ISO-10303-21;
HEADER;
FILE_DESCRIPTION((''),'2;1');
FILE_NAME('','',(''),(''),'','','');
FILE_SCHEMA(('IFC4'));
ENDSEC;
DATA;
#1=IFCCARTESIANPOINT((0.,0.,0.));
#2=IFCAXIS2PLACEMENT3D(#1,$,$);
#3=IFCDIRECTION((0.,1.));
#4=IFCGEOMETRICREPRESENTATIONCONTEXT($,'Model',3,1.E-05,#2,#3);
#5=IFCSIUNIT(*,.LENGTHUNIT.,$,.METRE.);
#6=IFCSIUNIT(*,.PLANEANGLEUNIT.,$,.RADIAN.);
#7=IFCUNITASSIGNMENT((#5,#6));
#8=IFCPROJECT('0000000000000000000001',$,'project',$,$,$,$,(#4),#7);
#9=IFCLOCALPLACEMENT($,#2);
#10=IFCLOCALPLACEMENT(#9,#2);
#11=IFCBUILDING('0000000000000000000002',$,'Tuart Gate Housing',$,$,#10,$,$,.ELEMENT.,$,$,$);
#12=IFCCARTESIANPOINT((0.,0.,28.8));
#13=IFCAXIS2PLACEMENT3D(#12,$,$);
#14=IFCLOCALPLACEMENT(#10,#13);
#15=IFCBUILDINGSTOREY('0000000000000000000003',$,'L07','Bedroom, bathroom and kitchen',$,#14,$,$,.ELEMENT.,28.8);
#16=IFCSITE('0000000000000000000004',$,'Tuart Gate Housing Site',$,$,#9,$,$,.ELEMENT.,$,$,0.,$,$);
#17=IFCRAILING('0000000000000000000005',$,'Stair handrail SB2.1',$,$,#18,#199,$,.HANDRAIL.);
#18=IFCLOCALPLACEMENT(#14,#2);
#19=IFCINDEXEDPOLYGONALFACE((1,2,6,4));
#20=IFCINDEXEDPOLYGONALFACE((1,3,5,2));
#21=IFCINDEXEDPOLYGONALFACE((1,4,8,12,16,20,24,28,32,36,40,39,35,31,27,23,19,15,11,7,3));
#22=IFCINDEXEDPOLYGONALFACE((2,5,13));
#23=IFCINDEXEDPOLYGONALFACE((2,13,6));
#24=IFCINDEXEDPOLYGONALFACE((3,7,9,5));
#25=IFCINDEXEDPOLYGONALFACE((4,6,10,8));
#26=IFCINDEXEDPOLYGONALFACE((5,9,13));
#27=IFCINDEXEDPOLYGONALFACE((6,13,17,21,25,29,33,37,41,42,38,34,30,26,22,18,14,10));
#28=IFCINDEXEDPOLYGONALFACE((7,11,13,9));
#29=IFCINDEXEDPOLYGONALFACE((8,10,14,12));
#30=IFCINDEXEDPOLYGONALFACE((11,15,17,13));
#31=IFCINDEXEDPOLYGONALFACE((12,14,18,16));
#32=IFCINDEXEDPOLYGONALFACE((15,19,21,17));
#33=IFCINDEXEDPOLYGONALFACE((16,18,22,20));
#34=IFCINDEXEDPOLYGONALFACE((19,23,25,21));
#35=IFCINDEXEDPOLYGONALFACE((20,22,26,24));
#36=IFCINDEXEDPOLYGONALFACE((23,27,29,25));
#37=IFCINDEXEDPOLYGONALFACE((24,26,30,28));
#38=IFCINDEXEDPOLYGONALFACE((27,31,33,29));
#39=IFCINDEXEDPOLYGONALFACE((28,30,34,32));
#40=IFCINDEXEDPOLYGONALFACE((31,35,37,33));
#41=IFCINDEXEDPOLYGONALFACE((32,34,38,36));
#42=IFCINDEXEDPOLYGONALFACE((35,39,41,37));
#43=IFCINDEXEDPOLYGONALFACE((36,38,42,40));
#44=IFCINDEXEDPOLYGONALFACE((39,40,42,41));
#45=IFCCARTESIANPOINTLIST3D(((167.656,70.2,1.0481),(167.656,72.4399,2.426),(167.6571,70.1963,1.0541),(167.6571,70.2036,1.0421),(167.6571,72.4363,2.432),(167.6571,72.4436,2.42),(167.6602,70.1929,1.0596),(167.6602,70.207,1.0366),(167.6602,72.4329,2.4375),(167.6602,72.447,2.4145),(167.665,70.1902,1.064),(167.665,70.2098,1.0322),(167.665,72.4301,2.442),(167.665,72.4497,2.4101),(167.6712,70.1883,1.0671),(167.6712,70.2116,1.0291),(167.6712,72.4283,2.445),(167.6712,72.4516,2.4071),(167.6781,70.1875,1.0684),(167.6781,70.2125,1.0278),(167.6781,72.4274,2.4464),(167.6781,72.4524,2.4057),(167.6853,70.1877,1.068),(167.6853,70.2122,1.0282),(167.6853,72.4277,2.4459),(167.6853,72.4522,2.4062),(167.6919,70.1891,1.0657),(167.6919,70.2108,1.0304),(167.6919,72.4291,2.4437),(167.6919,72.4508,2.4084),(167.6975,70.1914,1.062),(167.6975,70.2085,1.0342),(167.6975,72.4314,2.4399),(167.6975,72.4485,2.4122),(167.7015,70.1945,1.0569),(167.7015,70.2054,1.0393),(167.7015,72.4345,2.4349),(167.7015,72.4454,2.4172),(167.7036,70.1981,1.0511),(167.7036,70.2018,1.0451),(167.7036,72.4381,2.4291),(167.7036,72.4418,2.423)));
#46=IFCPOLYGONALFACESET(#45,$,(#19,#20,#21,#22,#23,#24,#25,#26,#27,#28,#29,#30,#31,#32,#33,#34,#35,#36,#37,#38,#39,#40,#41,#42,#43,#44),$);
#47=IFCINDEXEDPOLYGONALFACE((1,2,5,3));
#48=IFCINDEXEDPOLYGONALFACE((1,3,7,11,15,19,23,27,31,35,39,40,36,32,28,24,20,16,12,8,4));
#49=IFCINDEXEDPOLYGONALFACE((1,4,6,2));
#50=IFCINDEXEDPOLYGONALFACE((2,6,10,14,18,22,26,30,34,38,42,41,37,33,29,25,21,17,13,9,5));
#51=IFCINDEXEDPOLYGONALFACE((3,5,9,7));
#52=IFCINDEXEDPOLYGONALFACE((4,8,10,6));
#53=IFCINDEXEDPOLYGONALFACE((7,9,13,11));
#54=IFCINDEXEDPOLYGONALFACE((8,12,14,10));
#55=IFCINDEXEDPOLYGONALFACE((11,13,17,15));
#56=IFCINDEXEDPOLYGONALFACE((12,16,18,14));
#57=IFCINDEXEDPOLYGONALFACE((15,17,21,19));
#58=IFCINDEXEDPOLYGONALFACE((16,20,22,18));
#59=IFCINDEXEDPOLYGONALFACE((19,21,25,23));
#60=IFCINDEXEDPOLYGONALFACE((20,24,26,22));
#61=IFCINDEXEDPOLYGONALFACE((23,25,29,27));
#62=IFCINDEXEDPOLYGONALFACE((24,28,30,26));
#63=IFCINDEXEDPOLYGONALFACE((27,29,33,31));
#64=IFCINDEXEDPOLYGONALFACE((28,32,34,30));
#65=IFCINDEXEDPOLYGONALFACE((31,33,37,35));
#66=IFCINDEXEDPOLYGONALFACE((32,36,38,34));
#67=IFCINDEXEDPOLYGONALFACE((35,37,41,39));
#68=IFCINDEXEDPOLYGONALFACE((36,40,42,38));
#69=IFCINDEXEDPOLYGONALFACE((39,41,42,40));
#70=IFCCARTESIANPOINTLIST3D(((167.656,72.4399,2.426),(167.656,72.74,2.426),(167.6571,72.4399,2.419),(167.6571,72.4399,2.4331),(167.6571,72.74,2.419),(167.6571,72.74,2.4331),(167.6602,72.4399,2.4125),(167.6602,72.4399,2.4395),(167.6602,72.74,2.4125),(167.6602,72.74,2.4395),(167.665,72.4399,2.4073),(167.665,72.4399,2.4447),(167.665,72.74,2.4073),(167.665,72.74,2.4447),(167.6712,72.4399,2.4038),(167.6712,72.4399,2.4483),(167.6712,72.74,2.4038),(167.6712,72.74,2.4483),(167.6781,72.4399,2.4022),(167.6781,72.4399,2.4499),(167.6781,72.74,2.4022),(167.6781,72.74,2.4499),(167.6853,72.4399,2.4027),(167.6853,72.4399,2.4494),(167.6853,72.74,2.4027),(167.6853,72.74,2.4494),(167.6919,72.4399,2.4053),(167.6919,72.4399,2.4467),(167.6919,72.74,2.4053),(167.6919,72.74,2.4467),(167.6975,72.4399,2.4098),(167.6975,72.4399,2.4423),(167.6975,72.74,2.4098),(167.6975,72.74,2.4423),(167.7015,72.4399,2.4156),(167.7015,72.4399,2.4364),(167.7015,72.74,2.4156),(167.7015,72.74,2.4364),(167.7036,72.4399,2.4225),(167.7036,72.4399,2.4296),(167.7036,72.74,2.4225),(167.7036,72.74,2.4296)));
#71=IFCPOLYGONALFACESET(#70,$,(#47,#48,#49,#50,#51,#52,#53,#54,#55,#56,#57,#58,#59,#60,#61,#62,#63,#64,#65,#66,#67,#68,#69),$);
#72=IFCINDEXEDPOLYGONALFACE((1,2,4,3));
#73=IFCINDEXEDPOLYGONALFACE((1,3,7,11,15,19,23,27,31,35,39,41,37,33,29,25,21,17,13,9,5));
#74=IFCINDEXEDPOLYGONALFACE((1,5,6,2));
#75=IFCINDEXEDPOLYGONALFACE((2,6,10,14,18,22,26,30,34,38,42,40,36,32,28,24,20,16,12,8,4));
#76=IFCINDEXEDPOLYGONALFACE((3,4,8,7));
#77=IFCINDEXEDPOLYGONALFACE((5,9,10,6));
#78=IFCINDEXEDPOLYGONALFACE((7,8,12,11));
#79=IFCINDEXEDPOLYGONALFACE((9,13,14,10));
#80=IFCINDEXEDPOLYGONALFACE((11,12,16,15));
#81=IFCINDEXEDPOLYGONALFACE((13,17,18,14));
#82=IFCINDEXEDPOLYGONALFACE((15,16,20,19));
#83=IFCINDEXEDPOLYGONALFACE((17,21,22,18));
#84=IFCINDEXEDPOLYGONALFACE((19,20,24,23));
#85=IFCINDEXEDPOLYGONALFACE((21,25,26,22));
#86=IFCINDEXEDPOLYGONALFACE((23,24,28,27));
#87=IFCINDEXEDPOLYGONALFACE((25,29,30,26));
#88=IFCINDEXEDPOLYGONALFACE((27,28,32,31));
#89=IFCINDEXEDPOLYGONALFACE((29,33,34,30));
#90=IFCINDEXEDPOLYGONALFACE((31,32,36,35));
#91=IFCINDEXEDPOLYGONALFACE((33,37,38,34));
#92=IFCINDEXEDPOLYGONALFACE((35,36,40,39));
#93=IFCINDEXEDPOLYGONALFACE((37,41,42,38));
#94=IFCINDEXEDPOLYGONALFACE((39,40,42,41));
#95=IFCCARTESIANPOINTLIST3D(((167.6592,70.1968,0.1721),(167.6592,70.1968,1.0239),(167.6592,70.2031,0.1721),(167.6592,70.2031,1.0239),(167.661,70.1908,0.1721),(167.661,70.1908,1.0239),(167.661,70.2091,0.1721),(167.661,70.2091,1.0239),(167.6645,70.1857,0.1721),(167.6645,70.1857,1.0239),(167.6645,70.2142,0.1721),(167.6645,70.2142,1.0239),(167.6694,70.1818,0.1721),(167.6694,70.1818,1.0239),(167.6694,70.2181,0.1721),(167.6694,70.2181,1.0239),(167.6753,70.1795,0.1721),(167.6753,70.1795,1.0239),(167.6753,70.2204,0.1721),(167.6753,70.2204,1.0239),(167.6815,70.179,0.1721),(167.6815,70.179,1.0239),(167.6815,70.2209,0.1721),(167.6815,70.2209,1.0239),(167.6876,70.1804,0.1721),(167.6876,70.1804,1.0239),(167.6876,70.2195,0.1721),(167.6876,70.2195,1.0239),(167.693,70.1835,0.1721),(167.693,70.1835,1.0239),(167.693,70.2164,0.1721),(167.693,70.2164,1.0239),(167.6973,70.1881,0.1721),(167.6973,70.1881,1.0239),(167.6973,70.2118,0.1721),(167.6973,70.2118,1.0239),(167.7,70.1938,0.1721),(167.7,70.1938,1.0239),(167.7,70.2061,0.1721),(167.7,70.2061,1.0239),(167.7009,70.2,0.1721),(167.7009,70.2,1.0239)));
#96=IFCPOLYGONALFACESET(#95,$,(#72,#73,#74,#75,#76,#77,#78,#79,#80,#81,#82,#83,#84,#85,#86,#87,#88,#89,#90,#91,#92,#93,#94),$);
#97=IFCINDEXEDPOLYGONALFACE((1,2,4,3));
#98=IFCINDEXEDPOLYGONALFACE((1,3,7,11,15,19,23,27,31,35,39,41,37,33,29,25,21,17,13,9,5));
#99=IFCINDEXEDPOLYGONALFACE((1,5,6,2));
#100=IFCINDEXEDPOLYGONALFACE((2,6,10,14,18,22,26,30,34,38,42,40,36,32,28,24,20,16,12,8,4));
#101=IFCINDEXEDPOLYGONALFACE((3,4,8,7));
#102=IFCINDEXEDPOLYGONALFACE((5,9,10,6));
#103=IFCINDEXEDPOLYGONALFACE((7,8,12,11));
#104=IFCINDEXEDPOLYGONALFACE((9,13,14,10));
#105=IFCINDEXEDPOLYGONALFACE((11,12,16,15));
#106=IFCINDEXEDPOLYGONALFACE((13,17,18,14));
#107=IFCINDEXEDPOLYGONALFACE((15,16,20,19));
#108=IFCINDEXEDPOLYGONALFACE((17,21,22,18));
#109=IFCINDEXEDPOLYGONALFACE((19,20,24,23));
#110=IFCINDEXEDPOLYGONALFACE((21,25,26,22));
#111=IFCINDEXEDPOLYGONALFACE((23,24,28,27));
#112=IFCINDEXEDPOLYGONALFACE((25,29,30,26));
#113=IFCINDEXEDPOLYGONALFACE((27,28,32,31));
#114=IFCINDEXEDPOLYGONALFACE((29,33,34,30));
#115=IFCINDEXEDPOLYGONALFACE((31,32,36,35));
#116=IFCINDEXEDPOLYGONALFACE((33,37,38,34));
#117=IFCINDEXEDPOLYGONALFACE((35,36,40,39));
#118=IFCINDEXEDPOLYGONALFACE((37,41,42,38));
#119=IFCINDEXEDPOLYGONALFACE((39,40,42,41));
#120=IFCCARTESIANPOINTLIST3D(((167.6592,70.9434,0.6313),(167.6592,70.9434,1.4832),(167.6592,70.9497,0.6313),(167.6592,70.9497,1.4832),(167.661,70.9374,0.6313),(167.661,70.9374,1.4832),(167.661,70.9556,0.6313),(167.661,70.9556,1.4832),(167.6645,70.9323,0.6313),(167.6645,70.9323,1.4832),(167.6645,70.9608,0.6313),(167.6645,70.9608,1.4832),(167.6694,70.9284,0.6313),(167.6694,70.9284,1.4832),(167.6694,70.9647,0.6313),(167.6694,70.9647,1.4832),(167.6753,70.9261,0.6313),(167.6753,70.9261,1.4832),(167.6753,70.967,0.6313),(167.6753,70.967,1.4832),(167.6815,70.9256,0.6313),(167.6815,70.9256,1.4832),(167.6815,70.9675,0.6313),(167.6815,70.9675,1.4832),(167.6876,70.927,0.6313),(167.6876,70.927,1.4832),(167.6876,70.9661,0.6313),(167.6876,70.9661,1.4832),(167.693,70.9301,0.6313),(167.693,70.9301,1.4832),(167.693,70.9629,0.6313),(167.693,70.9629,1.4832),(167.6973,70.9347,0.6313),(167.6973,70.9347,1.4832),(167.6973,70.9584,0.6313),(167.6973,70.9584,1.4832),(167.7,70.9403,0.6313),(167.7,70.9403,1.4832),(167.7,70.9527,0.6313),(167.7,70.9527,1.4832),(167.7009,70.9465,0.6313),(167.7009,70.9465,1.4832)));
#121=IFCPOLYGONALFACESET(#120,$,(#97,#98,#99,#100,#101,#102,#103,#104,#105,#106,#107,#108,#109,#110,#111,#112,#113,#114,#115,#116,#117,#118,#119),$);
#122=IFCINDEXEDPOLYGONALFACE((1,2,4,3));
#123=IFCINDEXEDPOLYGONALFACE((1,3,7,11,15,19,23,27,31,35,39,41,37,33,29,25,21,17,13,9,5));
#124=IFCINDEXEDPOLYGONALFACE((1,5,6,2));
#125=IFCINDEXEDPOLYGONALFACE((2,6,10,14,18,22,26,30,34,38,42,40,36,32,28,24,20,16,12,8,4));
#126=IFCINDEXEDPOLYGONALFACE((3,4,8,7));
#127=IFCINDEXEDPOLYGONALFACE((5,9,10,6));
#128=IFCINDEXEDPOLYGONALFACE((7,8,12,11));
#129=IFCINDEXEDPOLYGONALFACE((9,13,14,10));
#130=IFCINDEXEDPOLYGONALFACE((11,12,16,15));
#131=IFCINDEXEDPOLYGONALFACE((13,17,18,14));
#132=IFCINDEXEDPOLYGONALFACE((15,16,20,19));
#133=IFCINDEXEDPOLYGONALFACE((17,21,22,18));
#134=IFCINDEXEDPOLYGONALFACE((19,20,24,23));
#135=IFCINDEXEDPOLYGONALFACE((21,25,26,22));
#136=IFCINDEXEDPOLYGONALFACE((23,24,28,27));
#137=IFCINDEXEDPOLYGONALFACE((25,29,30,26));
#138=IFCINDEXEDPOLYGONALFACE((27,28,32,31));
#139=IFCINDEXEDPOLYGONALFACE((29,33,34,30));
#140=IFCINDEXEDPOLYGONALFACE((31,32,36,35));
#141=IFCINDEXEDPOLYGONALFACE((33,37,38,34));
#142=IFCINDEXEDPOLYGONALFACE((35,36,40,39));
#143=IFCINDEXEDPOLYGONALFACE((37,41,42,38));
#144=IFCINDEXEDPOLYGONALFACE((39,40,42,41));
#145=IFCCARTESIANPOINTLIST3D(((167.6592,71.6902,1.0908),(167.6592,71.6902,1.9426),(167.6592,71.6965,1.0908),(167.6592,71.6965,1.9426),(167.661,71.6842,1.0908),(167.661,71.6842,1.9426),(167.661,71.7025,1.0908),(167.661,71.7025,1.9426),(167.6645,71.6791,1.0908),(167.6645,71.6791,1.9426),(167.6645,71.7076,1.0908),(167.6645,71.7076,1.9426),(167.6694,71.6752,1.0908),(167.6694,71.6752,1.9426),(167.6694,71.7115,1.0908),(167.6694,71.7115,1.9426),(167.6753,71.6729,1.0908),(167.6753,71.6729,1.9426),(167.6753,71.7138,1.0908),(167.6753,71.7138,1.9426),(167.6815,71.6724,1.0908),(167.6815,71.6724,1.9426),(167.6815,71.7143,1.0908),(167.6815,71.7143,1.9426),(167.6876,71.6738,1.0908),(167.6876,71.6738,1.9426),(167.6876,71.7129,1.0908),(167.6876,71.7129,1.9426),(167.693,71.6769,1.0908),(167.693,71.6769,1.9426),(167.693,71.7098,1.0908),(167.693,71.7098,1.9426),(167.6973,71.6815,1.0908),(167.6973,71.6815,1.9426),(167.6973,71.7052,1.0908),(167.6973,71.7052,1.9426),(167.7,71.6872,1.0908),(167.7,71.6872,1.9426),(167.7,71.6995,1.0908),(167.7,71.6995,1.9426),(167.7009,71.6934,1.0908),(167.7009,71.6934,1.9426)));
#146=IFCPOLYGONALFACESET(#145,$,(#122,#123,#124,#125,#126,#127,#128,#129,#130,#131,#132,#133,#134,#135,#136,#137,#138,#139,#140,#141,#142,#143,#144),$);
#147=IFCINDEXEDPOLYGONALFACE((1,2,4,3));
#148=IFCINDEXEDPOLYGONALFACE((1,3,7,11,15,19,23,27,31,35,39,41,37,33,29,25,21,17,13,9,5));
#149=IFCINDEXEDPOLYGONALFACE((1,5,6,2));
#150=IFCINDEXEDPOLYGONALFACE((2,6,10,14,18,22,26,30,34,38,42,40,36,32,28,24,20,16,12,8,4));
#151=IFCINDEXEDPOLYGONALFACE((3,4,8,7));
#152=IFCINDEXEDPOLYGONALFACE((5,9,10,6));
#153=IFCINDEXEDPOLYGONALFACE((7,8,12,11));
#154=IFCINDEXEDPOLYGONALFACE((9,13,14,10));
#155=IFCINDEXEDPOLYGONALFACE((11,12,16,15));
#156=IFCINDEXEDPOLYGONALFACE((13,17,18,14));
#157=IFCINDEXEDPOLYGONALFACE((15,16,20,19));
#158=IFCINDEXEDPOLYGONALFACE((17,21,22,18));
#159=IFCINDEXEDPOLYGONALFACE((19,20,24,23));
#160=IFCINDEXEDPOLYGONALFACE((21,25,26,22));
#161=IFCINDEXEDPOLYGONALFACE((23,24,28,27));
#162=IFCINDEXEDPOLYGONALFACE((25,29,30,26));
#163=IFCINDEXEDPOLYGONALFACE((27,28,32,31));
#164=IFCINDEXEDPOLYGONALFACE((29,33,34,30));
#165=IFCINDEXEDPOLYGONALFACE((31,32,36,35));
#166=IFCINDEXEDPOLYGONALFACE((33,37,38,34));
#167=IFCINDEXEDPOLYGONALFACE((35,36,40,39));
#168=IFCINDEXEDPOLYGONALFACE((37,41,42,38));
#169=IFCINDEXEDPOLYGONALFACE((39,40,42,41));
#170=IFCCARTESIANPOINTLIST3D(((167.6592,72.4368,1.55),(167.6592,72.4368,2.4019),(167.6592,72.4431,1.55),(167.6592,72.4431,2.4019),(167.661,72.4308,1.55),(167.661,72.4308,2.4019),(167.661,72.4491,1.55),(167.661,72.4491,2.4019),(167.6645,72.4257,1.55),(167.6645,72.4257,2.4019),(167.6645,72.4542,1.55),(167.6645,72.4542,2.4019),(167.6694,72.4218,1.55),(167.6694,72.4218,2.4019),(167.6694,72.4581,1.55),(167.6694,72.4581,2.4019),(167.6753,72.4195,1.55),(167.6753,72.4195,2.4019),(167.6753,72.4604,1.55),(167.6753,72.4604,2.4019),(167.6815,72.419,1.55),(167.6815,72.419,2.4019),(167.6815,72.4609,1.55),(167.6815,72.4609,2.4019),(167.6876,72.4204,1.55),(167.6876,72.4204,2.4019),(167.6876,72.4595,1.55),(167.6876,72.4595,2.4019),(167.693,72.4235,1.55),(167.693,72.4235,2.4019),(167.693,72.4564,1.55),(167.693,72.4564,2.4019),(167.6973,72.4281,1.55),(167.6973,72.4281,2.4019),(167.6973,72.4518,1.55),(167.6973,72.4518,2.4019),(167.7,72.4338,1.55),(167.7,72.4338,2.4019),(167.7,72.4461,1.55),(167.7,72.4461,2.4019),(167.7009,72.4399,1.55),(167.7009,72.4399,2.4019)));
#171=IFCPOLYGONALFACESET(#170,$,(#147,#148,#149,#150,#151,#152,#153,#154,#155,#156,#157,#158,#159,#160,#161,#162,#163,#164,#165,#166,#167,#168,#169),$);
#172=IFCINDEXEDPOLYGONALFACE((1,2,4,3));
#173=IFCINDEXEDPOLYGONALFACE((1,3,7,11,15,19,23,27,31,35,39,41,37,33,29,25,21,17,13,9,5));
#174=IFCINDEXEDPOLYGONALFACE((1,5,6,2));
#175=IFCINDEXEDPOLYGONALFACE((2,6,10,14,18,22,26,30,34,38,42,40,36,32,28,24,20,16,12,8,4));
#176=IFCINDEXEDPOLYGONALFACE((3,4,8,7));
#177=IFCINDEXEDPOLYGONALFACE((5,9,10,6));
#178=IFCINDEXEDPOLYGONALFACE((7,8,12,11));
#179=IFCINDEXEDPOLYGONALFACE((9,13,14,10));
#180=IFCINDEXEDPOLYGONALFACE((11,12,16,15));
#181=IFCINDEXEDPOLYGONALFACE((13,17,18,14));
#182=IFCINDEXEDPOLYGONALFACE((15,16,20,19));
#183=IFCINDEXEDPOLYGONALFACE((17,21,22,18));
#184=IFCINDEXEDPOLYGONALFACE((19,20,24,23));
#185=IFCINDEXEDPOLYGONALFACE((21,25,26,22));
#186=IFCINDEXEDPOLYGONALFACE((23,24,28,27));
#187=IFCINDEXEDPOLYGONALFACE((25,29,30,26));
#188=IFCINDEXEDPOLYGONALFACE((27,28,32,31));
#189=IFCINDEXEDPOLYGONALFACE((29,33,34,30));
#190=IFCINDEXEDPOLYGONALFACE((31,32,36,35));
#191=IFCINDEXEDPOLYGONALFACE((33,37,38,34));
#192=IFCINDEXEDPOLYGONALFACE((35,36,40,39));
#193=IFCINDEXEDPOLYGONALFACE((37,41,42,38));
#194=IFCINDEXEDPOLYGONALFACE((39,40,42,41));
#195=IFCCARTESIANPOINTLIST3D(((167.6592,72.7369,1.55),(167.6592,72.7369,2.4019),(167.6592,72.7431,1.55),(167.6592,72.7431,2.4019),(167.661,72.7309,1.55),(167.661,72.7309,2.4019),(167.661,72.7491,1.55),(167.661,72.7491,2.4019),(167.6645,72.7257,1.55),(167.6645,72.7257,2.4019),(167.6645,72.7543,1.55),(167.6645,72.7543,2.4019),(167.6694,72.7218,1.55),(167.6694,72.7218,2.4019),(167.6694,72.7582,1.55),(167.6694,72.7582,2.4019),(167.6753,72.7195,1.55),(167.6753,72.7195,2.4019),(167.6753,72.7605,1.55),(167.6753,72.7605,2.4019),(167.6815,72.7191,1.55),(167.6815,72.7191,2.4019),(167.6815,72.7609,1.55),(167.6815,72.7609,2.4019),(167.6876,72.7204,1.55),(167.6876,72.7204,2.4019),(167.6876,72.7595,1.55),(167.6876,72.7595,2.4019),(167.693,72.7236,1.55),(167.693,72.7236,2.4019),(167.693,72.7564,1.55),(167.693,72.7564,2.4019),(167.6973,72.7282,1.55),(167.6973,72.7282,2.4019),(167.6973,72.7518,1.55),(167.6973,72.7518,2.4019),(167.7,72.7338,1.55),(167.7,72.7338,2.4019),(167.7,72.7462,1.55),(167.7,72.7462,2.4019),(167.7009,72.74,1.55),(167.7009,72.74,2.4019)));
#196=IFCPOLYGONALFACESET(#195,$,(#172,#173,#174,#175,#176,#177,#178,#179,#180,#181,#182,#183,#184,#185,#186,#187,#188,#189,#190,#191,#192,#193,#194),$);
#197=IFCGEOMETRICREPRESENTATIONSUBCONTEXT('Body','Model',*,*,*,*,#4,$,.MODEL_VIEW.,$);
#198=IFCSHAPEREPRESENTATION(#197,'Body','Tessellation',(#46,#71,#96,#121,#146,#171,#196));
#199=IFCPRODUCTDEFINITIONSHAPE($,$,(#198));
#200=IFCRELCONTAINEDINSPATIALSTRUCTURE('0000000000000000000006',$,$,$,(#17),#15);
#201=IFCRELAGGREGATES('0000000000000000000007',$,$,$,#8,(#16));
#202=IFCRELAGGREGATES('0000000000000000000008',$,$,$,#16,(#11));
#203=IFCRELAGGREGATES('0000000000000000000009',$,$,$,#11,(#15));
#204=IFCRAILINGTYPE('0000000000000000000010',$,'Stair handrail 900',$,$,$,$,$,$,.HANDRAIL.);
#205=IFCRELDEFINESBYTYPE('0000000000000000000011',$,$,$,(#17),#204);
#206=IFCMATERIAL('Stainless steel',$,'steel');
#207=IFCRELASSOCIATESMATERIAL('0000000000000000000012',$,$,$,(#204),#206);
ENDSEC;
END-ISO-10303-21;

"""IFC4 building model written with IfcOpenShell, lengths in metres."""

from ifc_helpers import new_model, si_unit, direction, frame, origin, origin_2d, place, context, subcontext, project, spatial, circle, extrude, material, type_object, element, save


model = new_model("IFC4")

# Units and contexts
model_context = context("Model", 3, precision=1e-05, world=origin(), true_north=direction((0.0, 1.0)))
body_context = subcontext(model_context, "Body", "Model", "MODEL_VIEW")
ifc_project = project(units=[si_unit("LENGTHUNIT", "METRE"), si_unit("PLANEANGLEUNIT", "RADIAN")], contexts=[model_context])

# Site, building, storey
site_placement = place(None, origin())
site = spatial("IfcSite", under=ifc_project, at=site_placement, Name="Tuart Gate Housing Site", CompositionType="ELEMENT", RefElevation=0.0)
building_placement = place(site_placement, origin())
building = spatial("IfcBuilding", under=site, at=building_placement, Name="Tuart Gate Housing", CompositionType="ELEMENT")
storey_placement = place(building_placement, frame((0.0, 0.0, 28.8)))
storey = spatial("IfcBuildingStorey", under=building, at=storey_placement, Name="L07", Description="Bedroom, bathroom and kitchen", CompositionType="ELEMENT", Elevation=28.8)

# Railing
ifc_material_1 = material(Name="Stainless steel", Category="steel")
railing_type = type_object("IfcRailingType", Name="Stair handrail 900", PredefinedType="HANDRAIL", material=ifc_material_1)
railing_placement = place(storey_placement, frame((167.6799, 70.2, 0.1721)))
element("IfcRailing", 1, at=railing_placement, inside=storey, type_object=railing_type, Name="Stair handrail SB2.1", PredefinedType="HANDRAIL", context=body_context, shape_type="SweptSolid", body=[
    extrude(circle(Radius=0.0239, at=origin_2d()), frame((0.0, 0.0, 0.876), z_axis=(0.0, 0.851748, 0.523952), x_axis=(-1.0, 0.0, 0.0)), (0.0, 0.0, 1.0), 2.6299),
    extrude(circle(Radius=0.0239, at=origin_2d()), frame((0.0, 2.24, 2.2539), z_axis=(0.0, 1.0, 0.0), x_axis=(-1.0, 0.0, 0.0)), (0.0, 0.0, 1.0), 0.3),
    extrude(circle(Radius=0.021, at=origin_2d()), origin(), (0.0, 0.0, 1.0), 0.8518),
    extrude(circle(Radius=0.021, at=origin_2d()), frame((0.0, 0.7466, 0.4592)), (0.0, 0.0, 1.0), 0.8518),
    extrude(circle(Radius=0.021, at=origin_2d()), frame((0.0, 1.4934, 0.9187)), (0.0, 0.0, 1.0), 0.8518),
    extrude(circle(Radius=0.021, at=origin_2d()), frame((0.0, 2.24, 1.3779)), (0.0, 0.0, 1.0), 0.8518),
    extrude(circle(Radius=0.021, at=origin_2d()), frame((0.0, 2.54, 1.3779)), (0.0, 0.0, 1.0), 0.8518),
])

save(model, "model.ifc")
